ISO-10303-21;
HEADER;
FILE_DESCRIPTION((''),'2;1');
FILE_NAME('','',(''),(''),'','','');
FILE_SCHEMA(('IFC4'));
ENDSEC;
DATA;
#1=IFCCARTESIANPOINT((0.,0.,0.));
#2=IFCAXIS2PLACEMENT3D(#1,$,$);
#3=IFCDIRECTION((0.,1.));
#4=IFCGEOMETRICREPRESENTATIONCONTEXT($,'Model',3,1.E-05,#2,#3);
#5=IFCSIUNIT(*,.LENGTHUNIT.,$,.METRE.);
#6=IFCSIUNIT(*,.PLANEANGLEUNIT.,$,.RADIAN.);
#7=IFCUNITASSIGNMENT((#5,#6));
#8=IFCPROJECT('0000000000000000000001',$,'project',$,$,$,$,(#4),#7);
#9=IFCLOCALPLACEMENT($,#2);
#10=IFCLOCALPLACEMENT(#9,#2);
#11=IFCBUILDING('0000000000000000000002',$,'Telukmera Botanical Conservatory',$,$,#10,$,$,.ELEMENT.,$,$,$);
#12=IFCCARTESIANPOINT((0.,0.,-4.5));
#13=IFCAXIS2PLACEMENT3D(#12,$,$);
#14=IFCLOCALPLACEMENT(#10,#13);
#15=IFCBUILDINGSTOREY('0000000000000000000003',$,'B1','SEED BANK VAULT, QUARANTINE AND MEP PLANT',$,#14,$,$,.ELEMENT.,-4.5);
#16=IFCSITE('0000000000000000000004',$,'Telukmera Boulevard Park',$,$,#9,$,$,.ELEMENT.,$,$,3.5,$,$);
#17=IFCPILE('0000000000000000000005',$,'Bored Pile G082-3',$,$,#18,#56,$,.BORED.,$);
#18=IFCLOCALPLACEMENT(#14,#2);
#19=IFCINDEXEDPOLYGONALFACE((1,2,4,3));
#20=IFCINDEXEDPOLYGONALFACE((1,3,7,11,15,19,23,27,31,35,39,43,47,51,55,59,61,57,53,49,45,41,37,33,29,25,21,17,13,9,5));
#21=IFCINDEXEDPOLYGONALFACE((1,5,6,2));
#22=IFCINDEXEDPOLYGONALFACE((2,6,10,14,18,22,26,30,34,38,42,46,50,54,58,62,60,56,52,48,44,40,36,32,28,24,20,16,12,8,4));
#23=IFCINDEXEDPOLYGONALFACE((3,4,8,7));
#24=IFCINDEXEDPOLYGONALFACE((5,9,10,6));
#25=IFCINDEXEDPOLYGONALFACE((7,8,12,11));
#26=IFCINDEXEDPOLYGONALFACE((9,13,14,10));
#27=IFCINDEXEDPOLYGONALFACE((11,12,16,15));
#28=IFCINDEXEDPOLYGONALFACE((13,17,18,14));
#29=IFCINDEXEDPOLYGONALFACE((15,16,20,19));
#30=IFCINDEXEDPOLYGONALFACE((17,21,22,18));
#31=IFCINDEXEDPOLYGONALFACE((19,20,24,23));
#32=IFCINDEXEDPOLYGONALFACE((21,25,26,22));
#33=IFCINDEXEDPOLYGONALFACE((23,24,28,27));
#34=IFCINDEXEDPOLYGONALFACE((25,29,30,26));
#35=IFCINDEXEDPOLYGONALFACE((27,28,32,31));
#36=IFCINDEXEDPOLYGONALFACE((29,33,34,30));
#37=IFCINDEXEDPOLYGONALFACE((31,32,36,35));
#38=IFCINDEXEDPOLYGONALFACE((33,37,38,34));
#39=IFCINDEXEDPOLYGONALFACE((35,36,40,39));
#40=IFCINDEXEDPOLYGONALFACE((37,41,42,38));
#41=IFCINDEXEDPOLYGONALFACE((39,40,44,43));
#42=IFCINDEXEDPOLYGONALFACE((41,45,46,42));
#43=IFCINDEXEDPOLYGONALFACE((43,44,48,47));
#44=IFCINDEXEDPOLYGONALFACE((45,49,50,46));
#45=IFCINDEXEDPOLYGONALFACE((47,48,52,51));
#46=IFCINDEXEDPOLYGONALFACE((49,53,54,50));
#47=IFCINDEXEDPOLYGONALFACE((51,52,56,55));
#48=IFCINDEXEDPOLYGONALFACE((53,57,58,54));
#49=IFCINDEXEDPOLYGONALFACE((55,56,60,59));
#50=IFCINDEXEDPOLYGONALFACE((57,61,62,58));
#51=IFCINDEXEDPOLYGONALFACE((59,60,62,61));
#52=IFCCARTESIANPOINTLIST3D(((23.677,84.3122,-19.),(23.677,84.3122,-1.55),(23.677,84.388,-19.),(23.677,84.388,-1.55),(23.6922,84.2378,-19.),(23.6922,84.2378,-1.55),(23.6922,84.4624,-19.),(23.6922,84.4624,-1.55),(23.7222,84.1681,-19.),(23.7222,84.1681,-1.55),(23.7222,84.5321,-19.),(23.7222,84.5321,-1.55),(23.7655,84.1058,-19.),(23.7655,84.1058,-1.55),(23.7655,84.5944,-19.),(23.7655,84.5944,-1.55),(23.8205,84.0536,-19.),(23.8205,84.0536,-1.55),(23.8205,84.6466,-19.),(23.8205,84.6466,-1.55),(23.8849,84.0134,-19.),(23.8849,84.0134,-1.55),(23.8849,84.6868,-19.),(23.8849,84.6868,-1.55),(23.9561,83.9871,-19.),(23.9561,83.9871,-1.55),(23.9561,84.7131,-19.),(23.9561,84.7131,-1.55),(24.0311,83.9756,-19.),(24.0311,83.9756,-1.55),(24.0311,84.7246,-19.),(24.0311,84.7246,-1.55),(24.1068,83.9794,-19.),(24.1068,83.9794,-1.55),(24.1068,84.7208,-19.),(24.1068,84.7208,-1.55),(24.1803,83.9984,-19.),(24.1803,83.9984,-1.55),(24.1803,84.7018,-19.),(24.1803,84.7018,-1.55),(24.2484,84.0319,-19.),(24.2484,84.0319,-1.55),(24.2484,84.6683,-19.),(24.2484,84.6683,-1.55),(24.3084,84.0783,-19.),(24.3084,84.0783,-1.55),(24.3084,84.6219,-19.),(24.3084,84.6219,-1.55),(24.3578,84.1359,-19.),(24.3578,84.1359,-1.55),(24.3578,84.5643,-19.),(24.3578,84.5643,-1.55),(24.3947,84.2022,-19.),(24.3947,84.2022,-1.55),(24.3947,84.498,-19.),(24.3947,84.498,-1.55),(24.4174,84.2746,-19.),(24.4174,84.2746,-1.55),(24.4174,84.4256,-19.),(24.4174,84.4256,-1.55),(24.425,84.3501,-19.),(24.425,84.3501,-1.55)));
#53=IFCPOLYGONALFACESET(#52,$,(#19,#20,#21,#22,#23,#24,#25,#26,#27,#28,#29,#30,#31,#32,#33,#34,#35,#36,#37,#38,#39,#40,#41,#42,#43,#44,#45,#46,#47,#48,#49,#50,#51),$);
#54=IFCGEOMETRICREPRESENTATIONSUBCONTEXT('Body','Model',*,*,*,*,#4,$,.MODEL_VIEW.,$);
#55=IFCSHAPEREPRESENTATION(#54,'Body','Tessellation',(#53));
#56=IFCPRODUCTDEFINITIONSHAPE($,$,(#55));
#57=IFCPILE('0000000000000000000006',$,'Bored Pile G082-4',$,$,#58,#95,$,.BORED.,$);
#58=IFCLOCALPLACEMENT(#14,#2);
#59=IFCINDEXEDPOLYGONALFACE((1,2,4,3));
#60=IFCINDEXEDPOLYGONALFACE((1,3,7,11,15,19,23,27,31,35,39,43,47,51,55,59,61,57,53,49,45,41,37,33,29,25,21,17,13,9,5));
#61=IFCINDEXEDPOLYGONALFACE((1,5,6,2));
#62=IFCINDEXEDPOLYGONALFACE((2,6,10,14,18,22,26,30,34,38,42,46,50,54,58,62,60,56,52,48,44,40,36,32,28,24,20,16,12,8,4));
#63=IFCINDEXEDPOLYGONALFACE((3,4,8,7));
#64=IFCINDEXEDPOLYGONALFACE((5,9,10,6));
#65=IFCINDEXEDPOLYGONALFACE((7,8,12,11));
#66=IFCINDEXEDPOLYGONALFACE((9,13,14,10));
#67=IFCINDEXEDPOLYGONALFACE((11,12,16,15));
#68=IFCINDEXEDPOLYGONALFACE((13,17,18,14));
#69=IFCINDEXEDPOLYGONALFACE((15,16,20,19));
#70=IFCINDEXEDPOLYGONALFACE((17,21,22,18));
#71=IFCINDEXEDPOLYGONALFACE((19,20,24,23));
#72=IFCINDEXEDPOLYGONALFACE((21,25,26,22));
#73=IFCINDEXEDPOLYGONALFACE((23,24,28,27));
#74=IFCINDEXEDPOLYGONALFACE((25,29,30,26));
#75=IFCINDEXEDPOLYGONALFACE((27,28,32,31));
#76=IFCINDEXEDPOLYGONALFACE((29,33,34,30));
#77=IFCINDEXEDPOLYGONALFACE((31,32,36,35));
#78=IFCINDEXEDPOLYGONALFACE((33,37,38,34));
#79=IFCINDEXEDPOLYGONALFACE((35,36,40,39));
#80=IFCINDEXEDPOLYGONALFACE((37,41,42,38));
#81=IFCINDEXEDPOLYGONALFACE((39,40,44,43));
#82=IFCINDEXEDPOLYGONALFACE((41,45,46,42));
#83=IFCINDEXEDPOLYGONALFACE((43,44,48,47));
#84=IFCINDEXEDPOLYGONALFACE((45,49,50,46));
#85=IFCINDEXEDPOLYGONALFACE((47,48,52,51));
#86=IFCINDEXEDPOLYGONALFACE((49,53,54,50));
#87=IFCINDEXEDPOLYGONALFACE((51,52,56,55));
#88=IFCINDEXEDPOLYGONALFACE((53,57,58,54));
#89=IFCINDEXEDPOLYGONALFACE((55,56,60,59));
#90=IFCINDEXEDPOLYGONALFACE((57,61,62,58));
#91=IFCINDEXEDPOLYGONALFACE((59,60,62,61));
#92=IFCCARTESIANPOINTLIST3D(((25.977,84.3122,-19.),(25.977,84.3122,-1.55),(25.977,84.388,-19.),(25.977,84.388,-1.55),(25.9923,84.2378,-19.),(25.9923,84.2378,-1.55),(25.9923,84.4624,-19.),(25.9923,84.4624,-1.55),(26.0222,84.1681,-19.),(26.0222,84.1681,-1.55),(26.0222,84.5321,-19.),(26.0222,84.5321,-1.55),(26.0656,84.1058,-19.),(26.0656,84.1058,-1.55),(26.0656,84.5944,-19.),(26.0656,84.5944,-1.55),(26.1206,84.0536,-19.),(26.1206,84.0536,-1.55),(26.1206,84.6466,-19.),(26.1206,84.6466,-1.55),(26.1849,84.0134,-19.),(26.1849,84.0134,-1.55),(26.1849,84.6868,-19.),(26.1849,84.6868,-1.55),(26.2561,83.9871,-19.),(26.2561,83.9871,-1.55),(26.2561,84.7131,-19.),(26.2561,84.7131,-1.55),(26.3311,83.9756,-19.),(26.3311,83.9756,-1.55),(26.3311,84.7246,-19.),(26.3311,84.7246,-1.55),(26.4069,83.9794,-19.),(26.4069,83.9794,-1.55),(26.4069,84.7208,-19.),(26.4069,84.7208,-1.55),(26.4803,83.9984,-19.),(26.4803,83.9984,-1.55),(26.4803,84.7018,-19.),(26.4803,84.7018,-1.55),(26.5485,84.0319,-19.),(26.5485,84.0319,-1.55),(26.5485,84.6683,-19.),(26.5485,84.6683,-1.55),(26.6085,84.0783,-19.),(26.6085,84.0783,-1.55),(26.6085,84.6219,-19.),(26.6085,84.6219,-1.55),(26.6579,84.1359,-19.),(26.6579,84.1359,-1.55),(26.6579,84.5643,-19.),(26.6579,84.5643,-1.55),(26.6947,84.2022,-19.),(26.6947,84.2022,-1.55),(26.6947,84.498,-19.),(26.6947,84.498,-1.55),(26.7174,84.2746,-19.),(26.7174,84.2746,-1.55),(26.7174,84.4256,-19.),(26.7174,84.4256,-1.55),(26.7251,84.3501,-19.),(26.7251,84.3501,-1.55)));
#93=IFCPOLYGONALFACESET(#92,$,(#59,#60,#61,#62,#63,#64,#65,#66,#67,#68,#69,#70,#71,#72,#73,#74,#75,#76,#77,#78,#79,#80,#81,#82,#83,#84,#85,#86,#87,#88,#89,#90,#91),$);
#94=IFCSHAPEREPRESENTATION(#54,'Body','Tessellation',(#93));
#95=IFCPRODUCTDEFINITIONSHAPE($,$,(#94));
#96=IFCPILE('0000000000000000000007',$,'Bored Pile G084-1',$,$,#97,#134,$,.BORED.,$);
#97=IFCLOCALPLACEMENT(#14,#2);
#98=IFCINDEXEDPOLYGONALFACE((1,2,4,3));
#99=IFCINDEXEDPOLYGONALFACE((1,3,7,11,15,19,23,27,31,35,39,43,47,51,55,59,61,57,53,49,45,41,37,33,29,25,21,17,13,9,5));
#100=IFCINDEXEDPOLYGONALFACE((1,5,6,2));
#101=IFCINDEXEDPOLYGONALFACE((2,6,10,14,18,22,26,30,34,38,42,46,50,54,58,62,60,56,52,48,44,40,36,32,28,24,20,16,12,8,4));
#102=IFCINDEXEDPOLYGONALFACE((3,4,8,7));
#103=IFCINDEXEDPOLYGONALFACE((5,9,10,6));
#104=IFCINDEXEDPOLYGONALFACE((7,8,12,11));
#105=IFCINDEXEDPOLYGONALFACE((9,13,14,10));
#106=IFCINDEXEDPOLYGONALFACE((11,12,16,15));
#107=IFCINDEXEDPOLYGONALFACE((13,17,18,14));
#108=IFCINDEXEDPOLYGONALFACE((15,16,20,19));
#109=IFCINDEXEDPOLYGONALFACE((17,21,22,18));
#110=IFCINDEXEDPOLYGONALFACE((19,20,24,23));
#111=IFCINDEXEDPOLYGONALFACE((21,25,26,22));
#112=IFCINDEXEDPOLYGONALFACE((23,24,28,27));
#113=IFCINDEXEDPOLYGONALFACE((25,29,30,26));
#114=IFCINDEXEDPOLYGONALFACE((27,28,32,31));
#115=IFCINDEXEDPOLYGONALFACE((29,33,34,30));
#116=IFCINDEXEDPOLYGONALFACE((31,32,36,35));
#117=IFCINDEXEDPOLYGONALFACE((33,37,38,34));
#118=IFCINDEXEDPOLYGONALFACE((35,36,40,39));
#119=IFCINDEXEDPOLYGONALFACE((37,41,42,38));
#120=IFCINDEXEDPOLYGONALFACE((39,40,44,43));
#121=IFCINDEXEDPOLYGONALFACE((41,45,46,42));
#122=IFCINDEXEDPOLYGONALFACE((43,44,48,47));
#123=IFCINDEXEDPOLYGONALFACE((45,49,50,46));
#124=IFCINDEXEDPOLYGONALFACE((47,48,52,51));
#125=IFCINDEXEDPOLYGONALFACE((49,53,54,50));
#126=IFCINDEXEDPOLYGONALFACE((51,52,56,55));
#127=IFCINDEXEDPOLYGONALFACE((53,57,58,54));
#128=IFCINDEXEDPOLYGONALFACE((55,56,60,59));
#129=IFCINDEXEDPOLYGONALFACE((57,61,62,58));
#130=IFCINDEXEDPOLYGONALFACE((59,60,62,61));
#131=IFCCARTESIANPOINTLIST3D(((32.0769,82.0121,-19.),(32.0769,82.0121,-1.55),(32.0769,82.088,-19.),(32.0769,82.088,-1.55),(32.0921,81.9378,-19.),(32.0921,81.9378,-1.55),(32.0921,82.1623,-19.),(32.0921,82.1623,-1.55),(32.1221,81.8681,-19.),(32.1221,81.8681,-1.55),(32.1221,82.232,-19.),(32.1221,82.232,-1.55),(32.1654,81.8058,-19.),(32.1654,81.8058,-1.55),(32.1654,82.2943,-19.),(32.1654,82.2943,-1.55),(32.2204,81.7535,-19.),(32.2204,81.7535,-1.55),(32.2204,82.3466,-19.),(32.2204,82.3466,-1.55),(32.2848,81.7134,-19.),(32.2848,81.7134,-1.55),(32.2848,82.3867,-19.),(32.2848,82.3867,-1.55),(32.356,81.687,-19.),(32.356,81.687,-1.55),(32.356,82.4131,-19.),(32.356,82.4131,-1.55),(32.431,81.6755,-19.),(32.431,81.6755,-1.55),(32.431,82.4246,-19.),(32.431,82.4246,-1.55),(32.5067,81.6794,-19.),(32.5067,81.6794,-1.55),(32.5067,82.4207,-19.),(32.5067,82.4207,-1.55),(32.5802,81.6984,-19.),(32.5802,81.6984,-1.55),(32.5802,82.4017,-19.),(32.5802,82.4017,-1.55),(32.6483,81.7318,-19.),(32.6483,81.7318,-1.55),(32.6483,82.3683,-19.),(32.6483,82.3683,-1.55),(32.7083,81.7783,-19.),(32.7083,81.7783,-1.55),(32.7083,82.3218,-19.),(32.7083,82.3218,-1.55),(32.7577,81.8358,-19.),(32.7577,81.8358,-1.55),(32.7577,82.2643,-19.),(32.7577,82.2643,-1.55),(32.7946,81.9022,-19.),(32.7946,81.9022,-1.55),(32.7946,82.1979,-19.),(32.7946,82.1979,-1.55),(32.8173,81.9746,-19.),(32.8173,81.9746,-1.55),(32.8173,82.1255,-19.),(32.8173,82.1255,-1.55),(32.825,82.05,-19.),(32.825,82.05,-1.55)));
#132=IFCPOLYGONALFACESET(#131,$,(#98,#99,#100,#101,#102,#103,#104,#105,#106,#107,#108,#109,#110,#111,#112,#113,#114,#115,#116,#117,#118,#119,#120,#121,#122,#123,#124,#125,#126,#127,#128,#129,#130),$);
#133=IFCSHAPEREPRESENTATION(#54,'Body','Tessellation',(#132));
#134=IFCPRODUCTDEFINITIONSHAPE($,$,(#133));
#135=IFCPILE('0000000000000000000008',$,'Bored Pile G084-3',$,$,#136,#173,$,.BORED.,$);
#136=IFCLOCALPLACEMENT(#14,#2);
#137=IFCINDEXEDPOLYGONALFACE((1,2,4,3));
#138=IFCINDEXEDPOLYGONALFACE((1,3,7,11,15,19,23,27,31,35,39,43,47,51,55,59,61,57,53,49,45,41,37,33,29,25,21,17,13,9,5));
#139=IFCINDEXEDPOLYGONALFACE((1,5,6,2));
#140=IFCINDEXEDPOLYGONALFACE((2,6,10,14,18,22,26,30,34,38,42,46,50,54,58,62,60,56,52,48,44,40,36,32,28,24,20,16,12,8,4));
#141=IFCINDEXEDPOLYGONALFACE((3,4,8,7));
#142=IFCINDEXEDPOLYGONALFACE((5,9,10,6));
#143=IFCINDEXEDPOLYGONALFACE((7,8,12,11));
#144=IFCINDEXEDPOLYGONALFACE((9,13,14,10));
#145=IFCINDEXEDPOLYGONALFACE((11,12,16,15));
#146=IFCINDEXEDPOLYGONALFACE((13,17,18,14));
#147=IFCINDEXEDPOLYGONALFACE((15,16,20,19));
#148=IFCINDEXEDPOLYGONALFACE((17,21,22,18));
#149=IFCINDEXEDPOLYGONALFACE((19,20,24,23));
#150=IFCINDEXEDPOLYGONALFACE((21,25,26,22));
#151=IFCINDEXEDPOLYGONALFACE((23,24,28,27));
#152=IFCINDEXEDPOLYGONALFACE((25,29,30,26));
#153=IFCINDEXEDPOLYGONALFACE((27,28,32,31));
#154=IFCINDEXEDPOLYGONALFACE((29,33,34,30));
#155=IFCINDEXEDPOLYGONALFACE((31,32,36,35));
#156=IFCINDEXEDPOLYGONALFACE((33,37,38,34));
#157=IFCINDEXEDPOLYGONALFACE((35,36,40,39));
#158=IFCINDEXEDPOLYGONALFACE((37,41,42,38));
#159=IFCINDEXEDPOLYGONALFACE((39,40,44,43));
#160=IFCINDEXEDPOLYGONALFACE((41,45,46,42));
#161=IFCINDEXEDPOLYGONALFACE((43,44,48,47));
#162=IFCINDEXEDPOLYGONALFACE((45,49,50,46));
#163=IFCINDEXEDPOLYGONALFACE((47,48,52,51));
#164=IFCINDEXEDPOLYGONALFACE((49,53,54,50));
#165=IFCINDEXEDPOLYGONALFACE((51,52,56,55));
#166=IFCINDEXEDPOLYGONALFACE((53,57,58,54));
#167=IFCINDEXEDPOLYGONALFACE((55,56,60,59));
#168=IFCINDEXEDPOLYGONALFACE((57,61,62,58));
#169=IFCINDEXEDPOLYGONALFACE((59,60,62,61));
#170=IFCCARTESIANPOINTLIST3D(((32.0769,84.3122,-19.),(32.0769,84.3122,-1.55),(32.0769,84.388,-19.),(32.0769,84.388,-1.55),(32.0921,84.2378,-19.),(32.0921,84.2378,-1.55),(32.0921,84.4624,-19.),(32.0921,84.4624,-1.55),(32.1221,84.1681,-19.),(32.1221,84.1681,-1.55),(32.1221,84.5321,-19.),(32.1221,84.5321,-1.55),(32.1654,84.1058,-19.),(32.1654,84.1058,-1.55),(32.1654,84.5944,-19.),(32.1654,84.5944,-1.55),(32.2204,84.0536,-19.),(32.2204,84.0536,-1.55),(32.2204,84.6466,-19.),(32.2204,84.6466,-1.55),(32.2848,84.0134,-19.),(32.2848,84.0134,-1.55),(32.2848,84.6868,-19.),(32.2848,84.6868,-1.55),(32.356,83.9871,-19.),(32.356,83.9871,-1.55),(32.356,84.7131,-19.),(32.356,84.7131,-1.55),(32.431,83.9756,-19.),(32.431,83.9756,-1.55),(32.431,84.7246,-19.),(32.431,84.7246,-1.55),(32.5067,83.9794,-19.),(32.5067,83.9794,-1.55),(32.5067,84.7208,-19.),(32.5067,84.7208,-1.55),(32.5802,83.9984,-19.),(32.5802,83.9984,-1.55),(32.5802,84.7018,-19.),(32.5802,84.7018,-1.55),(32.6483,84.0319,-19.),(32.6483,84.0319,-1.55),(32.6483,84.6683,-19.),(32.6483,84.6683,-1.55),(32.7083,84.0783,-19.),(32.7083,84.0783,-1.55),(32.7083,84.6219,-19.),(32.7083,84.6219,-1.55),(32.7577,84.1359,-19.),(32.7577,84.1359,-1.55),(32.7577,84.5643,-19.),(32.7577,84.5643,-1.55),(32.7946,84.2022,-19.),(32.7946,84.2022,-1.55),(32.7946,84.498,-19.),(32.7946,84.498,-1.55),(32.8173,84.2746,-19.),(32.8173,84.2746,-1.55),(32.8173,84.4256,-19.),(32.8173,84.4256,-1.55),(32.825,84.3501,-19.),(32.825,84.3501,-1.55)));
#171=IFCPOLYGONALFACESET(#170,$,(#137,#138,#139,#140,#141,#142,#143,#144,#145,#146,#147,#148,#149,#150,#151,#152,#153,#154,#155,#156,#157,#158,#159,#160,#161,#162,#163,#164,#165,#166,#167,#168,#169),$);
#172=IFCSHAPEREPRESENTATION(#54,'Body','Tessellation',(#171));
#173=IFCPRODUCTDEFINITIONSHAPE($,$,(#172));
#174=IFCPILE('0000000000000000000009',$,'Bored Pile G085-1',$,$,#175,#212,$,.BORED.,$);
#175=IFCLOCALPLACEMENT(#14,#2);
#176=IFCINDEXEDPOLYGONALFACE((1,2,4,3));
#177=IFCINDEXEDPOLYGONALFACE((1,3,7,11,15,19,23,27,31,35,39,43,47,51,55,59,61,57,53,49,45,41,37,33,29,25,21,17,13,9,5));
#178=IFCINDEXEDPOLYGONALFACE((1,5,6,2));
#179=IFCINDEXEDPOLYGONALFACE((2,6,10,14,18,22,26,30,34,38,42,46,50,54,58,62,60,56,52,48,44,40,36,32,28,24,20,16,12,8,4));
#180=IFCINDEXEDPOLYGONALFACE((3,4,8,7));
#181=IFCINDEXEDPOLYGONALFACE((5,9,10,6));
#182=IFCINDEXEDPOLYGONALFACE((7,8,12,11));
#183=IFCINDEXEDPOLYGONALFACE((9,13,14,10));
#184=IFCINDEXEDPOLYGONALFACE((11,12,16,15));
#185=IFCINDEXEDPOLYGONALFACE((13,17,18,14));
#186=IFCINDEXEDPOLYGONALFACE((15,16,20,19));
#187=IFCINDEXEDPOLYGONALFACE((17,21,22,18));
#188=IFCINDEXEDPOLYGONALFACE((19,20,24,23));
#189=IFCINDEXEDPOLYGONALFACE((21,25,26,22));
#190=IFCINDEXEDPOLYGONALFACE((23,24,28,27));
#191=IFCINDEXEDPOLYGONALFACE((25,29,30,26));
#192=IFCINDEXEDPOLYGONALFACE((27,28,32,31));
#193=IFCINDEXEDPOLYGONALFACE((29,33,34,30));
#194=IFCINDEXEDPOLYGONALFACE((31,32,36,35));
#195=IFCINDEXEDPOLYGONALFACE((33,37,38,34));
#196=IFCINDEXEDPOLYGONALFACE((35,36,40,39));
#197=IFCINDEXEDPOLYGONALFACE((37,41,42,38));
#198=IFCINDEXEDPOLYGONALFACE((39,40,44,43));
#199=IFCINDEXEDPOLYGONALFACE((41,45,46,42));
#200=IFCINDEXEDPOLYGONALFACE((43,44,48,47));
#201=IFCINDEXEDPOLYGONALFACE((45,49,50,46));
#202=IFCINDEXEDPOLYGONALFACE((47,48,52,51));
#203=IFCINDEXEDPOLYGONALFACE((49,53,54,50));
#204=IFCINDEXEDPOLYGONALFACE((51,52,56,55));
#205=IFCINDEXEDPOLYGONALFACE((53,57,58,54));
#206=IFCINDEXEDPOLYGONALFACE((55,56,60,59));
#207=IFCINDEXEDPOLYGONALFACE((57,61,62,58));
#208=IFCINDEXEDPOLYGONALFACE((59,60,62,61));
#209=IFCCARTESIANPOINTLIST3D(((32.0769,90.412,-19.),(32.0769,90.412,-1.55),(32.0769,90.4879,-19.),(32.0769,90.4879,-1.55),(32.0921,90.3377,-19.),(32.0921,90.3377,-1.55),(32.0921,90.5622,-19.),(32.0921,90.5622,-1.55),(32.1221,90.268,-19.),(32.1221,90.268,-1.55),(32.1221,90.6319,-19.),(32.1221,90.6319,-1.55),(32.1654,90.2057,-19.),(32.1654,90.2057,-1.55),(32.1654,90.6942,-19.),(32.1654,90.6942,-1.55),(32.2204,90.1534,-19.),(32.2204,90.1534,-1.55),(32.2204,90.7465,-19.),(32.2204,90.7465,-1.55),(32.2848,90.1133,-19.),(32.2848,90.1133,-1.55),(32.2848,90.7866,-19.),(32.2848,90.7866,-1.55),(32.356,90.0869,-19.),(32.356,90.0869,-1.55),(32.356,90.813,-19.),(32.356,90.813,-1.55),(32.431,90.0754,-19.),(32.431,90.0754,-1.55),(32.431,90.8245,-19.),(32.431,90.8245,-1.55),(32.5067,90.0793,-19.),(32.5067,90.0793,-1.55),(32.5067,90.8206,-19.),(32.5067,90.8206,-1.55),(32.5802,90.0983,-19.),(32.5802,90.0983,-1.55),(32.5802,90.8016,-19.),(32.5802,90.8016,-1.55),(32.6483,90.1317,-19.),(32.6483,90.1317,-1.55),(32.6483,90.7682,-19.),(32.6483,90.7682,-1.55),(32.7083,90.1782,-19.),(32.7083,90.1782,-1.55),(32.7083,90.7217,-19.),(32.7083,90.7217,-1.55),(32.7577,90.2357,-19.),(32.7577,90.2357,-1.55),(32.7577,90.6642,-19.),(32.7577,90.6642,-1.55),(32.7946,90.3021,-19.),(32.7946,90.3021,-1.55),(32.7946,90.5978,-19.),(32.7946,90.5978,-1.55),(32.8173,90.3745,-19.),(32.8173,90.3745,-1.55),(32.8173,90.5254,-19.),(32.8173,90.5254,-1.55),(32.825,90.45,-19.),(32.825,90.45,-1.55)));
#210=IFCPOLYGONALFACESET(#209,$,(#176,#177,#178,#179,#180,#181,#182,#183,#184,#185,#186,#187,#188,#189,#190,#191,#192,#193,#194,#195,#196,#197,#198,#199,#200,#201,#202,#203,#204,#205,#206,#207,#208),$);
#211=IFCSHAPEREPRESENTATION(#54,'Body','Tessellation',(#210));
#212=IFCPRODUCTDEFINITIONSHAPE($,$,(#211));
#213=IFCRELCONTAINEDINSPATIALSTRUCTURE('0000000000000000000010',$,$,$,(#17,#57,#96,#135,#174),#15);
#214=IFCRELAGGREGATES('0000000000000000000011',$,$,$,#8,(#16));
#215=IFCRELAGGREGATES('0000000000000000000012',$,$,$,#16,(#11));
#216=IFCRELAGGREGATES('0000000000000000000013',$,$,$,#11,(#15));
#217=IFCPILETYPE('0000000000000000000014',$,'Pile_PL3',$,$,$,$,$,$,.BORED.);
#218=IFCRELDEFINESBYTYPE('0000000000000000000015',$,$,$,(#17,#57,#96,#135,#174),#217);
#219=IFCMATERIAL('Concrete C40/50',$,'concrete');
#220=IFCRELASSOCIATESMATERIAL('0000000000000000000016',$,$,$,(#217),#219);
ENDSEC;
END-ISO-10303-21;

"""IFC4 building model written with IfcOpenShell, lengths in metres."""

from ifc_helpers import new_model, si_unit, direction, frame, origin, origin_2d, place, context, subcontext, project, spatial, circle, extrude, material, material_profile, profile_set, type_object, element, save


model = new_model("IFC4")

# Units and contexts
model_context = context("Model", 3, precision=1e-05, world=origin(), true_north=direction((0.0, 1.0)))
body_context = subcontext(model_context, "Body", "Model", "MODEL_VIEW")
ifc_project = project(units=[si_unit("LENGTHUNIT", "METRE"), si_unit("PLANEANGLEUNIT", "RADIAN")], contexts=[model_context])

# Site, building, storey
site_placement = place(None, origin())
site = spatial("IfcSite", under=ifc_project, at=site_placement, Name="Telukmera Boulevard Park", CompositionType="ELEMENT", RefElevation=3.5)
building_placement = place(site_placement, origin())
building = spatial("IfcBuilding", under=site, at=building_placement, Name="Telukmera Botanical Conservatory", CompositionType="ELEMENT")
storey_placement = place(building_placement, frame((0.0, 0.0, -4.5)))
storey = spatial("IfcBuildingStorey", under=building, at=storey_placement, Name="B1", Description="SEED BANK VAULT, QUARANTINE AND MEP PLANT", CompositionType="ELEMENT", Elevation=-4.5)

# Shared definitions
ifc_material_1 = material(Name="Concrete C40/50", Category="concrete")

# Piles
ifc_material_profile_1 = material_profile(ifc_material_1, circle(Radius=0.375, at=origin_2d()), Name="PILE D750")
ifc_profile_set_1 = profile_set([ifc_material_profile_1], Name="Concrete C40/50")
pile_type = type_object("IfcPileType", Name="Pile_PL3", PredefinedType="BORED", material=ifc_profile_set_1)
for number, where, z_axis, x_axis, name in (
    (1, (24.05, 84.3501, -1.55), (0.0, 0.0, -1.0), (1.0, 0.0, 0.0), "Bored Pile G082-3"),
    (2, (26.3501, 84.3501, -1.55), (0.0, 0.0, -1.0), (1.0, 0.0, 0.0), "Bored Pile G082-4"),
    (3, (32.45, 82.05, -1.55), (0.0, 0.0, -1.0), (1.0, 0.0, 0.0), "Bored Pile G084-1"),
    (4, (32.45, 84.3501, -1.55), (0.0, 0.0, -1.0), (1.0, 0.0, 0.0), "Bored Pile G084-3"),
    (5, (32.45, 90.45, -1.55), (0.0, 0.0, -1.0), (1.0, 0.0, 0.0), "Bored Pile G085-1"),
):
    element("IfcPile", number, at=place(storey_placement, frame(where, z_axis=z_axis, x_axis=x_axis)), inside=storey, type_object=pile_type, Name=name, PredefinedType="BORED", context=body_context, shape_type="SweptSolid", body=[
        extrude(circle(Radius=0.375, at=origin_2d()), origin(), (0.0, 0.0, 1.0), 17.45),
    ])

save(model, "model.ifc")
